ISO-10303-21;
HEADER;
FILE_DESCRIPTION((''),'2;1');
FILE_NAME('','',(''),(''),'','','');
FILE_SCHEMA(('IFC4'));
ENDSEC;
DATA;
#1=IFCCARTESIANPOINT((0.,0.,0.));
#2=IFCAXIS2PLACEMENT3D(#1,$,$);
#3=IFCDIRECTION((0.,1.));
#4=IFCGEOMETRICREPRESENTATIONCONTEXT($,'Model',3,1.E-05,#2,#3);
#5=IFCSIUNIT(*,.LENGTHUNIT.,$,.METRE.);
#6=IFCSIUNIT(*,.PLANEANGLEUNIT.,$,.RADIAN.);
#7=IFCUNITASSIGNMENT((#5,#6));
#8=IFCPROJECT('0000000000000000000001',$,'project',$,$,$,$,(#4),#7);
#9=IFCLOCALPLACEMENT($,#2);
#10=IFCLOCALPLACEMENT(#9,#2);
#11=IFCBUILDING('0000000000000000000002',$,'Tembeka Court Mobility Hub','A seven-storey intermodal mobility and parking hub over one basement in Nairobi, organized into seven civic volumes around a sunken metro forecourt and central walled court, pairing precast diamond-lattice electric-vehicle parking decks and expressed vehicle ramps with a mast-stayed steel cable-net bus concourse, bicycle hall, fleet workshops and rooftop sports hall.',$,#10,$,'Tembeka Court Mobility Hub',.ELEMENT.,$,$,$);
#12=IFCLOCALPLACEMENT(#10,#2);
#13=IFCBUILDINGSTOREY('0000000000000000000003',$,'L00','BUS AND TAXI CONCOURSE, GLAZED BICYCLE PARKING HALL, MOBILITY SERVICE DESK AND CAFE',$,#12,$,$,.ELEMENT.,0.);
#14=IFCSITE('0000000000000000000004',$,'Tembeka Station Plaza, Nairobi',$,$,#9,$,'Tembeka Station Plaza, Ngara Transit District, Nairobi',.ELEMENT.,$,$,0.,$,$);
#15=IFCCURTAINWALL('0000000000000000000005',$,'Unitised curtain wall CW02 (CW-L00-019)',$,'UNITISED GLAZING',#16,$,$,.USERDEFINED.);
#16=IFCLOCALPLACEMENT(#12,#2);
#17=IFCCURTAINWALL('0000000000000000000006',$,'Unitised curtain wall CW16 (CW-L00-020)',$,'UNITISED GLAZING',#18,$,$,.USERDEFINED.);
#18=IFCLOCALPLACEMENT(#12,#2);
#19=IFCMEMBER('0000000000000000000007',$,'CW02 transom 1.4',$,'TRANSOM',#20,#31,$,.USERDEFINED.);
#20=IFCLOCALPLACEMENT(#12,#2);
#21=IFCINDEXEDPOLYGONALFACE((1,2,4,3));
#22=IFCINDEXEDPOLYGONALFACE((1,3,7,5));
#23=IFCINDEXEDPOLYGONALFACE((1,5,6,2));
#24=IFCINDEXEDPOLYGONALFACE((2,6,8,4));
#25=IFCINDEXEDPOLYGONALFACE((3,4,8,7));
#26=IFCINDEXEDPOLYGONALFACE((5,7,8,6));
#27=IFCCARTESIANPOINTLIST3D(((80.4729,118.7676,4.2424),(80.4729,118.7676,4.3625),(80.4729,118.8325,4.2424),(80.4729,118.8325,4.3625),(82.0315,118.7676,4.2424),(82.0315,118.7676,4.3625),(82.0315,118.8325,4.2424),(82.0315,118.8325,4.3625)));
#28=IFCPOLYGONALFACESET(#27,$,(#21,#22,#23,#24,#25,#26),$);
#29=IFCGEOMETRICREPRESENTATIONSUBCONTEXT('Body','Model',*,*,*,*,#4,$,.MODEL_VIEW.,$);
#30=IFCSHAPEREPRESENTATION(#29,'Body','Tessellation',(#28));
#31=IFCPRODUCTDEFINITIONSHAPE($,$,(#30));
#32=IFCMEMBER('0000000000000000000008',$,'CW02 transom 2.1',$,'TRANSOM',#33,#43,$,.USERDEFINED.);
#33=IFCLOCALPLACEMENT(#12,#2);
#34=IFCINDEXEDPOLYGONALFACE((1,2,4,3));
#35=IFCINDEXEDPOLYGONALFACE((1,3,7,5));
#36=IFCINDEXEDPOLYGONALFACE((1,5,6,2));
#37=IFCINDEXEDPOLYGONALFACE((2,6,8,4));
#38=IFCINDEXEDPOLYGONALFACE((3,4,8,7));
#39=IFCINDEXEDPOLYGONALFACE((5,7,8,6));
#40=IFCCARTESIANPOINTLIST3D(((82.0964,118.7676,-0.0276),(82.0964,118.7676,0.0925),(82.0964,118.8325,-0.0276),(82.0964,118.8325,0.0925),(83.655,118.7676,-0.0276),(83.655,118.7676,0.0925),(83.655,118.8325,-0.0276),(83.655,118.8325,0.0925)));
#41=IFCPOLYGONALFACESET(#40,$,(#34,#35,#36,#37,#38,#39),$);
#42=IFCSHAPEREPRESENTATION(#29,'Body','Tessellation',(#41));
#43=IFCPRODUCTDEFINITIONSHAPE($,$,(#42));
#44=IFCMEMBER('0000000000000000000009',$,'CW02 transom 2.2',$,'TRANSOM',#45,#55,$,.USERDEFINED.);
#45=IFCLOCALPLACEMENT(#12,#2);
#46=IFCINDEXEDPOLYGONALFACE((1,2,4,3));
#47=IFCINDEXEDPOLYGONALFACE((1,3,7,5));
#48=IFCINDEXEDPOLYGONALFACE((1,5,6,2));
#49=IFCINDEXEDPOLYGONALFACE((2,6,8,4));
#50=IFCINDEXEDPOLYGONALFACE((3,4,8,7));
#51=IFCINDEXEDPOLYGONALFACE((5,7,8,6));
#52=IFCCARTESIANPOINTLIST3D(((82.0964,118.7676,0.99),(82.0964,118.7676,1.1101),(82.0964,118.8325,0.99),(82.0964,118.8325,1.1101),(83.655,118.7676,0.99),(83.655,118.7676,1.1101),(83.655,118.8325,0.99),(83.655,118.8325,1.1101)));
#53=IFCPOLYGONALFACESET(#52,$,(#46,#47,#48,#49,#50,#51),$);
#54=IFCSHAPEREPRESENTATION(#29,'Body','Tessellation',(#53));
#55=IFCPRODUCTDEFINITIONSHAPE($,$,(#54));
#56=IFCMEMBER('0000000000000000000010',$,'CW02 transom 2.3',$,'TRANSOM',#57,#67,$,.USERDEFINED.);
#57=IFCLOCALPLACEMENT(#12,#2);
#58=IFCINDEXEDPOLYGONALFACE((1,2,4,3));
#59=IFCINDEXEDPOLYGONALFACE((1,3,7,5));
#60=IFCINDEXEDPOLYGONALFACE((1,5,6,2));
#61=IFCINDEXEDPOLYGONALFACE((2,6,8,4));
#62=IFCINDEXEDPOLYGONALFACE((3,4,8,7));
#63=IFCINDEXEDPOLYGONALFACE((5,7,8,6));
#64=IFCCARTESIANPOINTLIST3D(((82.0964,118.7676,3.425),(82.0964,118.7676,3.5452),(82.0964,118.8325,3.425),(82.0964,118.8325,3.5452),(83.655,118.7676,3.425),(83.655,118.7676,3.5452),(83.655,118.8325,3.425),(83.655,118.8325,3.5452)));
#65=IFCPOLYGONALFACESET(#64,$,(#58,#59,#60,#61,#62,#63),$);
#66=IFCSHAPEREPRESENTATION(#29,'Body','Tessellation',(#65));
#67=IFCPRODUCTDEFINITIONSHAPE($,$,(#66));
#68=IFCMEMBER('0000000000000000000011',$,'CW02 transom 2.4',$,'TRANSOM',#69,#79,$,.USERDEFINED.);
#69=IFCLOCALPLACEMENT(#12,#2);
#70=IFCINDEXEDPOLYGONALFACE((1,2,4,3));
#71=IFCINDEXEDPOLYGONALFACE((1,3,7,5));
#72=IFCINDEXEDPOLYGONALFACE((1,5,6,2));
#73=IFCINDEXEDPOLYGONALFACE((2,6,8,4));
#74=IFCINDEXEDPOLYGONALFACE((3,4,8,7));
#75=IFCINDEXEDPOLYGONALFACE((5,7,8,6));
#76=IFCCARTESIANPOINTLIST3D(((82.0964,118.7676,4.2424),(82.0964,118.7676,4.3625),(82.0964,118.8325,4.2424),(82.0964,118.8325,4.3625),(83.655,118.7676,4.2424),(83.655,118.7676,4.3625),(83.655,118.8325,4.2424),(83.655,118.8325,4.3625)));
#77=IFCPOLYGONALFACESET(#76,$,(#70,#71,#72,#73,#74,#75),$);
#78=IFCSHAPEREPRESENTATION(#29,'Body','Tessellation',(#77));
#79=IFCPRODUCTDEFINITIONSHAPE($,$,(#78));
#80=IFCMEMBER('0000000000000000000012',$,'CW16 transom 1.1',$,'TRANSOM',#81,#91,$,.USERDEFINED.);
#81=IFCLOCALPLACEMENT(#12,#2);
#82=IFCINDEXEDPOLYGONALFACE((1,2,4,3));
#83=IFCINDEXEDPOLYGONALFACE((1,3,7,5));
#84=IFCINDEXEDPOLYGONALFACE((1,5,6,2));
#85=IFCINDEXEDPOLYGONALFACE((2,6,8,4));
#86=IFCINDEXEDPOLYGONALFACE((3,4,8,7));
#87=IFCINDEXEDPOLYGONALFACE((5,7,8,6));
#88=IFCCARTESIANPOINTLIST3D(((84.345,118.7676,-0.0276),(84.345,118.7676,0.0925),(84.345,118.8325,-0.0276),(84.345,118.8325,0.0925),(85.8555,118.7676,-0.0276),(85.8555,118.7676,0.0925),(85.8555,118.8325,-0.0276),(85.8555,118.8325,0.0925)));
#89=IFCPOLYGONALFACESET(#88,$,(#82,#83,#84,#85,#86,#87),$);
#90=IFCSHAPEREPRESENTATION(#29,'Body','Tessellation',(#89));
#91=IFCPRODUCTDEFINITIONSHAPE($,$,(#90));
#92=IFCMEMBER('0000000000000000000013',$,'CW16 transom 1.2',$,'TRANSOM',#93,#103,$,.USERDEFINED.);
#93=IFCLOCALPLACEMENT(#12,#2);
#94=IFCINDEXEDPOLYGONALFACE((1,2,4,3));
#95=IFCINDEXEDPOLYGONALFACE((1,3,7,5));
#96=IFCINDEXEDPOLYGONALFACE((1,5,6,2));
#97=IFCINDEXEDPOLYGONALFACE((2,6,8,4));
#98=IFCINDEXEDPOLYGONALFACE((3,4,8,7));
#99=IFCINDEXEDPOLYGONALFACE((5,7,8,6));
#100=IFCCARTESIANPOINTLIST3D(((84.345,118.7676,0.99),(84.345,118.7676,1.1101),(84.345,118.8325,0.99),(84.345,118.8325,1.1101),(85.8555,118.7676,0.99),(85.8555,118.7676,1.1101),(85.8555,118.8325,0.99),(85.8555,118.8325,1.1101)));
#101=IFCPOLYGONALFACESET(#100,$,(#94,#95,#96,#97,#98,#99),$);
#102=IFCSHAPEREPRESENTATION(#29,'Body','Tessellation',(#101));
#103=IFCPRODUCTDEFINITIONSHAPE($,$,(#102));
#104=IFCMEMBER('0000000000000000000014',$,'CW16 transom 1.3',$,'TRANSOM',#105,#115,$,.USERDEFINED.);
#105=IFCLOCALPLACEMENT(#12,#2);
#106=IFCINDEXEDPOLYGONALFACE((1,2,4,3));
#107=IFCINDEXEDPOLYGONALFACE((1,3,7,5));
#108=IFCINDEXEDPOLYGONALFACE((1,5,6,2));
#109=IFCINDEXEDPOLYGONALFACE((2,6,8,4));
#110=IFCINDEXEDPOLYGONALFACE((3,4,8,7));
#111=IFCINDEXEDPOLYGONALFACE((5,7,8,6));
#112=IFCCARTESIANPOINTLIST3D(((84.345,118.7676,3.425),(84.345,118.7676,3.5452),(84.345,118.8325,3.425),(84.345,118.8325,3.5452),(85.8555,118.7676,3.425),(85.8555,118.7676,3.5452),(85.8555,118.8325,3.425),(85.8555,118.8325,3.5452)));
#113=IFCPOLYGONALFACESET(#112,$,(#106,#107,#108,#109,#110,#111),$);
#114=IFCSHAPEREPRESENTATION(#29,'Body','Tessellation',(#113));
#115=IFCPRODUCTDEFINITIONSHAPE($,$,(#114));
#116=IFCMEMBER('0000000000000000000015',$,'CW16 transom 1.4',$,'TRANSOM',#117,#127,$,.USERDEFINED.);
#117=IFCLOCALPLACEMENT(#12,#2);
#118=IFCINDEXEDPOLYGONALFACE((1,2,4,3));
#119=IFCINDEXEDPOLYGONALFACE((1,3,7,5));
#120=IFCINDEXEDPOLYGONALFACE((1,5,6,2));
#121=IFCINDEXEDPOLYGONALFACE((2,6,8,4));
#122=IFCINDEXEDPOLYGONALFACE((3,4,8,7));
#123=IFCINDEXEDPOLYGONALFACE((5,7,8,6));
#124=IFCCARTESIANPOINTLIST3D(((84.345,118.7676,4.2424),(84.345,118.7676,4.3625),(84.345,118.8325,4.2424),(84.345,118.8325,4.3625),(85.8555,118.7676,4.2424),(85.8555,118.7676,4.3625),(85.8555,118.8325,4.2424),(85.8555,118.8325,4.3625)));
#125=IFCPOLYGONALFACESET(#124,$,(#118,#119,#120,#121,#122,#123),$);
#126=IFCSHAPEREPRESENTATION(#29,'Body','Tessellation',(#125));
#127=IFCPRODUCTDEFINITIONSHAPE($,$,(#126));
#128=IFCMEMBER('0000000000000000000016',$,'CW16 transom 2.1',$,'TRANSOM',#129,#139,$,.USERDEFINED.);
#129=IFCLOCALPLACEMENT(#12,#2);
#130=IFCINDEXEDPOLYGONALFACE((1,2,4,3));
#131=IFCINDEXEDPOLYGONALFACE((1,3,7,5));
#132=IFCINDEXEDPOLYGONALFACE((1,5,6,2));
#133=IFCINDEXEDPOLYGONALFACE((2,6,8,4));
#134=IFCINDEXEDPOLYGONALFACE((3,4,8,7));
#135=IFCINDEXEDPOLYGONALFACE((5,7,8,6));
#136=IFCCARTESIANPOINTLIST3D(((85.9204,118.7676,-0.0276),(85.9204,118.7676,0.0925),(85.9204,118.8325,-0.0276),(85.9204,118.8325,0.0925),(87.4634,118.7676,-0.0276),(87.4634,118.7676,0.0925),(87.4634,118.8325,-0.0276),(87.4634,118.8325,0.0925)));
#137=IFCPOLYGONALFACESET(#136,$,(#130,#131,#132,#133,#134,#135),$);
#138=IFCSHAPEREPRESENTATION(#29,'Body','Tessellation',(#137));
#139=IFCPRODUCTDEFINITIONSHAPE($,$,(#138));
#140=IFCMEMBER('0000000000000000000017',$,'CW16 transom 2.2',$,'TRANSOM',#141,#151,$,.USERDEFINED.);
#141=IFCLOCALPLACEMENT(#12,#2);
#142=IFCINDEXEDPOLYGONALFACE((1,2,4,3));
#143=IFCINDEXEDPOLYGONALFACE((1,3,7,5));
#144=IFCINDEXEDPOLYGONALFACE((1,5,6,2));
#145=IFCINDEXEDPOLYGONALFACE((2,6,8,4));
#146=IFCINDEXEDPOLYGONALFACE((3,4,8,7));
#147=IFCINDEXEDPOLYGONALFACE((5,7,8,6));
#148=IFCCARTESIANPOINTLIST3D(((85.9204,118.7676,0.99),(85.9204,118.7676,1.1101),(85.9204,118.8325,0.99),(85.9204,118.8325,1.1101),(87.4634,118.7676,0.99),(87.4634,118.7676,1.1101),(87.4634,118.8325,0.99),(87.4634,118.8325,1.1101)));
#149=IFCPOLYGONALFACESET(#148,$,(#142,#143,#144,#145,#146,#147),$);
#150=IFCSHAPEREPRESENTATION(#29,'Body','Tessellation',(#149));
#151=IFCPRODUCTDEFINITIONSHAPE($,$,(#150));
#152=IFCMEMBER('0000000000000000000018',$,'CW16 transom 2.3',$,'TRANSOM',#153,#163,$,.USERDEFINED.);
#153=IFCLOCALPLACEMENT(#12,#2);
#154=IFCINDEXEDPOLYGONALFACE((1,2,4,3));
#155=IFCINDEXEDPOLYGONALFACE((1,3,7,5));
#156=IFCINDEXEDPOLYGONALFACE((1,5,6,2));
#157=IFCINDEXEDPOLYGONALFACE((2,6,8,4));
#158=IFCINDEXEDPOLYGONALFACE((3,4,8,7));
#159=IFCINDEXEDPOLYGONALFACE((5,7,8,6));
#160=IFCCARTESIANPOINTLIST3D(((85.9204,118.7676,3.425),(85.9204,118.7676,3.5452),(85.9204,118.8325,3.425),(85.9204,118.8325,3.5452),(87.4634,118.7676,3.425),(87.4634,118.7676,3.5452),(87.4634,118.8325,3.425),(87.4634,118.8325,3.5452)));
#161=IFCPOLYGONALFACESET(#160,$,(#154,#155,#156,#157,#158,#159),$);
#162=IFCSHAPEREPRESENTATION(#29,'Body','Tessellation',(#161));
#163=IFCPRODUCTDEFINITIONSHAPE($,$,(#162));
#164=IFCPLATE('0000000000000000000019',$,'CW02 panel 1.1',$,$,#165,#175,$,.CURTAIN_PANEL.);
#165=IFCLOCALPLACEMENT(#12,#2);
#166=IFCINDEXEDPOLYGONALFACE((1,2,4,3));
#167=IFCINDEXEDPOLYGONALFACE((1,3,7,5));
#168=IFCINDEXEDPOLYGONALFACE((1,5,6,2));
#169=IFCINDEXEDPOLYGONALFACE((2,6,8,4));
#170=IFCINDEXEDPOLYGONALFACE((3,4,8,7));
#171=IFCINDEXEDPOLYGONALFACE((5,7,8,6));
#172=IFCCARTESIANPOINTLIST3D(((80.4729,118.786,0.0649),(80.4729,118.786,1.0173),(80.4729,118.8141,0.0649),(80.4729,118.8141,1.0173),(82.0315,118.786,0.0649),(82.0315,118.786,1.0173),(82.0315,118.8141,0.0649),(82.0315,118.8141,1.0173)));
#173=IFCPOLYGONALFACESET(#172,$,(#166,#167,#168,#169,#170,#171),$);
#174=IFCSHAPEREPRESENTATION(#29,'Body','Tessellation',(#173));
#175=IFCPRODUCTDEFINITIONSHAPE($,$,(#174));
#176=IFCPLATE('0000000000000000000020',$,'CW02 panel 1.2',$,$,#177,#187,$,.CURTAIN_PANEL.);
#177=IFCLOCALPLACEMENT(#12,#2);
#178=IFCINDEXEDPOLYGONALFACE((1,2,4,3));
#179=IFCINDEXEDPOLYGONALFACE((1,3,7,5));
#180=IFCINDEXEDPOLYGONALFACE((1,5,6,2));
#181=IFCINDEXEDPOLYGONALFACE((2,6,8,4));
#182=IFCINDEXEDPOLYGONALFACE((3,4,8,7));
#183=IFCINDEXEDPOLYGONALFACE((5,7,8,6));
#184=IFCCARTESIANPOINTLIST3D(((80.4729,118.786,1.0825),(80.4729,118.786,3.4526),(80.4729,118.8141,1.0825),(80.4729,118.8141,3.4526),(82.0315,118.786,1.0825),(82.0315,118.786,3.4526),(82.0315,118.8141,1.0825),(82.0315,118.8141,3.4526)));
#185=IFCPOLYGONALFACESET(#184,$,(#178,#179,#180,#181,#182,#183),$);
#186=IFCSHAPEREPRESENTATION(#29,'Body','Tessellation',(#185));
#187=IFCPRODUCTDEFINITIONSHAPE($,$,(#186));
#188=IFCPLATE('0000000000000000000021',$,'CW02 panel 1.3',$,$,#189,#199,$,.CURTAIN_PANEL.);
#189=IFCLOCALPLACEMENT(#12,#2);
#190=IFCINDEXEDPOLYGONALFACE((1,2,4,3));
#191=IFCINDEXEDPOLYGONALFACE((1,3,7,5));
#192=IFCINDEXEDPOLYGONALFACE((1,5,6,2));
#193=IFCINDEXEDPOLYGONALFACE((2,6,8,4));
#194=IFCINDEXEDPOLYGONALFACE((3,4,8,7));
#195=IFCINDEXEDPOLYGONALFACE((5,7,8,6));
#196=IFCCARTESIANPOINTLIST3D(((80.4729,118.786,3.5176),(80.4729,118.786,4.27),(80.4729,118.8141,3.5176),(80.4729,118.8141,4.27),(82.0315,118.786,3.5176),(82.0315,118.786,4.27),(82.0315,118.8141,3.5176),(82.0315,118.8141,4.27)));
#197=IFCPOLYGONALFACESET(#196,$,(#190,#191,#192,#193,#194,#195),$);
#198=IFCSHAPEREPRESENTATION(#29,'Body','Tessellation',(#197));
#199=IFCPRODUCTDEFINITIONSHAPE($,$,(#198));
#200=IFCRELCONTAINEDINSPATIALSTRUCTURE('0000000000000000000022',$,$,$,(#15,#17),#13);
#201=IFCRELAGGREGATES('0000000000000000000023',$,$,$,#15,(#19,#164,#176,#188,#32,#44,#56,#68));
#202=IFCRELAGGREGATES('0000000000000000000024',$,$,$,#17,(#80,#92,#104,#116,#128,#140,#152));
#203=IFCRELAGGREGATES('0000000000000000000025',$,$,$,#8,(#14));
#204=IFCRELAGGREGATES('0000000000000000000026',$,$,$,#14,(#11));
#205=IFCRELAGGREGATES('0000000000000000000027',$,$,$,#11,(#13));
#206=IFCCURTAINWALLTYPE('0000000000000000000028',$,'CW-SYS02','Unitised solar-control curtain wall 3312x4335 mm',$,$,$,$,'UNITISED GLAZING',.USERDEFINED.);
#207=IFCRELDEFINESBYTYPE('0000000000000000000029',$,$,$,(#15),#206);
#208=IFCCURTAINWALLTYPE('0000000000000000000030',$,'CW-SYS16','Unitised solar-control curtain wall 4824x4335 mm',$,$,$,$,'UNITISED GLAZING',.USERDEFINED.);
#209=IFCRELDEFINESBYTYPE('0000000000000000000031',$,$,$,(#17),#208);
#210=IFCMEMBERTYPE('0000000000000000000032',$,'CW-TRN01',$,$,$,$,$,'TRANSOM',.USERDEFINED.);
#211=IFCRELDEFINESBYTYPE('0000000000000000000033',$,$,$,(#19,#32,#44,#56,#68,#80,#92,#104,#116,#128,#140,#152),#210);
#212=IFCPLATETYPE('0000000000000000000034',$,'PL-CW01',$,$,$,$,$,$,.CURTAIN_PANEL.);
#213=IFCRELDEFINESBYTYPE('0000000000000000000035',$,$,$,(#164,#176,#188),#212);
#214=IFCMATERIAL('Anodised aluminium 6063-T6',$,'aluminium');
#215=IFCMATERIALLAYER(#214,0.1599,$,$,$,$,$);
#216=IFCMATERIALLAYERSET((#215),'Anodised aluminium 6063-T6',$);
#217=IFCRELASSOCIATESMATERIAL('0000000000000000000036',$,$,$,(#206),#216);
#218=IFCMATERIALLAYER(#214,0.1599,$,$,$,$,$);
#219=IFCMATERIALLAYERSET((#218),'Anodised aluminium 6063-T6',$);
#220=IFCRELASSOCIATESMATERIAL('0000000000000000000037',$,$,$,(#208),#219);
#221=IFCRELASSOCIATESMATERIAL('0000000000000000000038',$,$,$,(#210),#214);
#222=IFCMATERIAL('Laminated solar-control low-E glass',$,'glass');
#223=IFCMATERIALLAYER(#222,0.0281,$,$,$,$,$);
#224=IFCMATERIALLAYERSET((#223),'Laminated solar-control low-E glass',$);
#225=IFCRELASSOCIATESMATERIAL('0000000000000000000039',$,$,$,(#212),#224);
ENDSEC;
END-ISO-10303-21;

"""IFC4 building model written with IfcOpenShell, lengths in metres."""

from ifc_helpers import new_model, si_unit, direction, frame, origin, origin_2d, place, context, subcontext, project, spatial, rectangle, extrude, material, layer, layer_set, material_profile, profile_set, type_object, element, aggregate, save


model = new_model("IFC4")

# Units and contexts
model_context = context("Model", 3, precision=1e-05, world=origin(), true_north=direction((0.0, 1.0)))
body_context = subcontext(model_context, "Body", "Model", "MODEL_VIEW")
ifc_project = project(units=[si_unit("LENGTHUNIT", "METRE"), si_unit("PLANEANGLEUNIT", "RADIAN")], contexts=[model_context])

# Site, building, storey
site_placement = place(None, origin())
site = spatial("IfcSite", under=ifc_project, at=site_placement, Name="Tembeka Station Plaza, Nairobi", LongName="Tembeka Station Plaza, Ngara Transit District, Nairobi", CompositionType="ELEMENT", RefElevation=0.0)
building_placement = place(site_placement, origin())
building = spatial("IfcBuilding", under=site, at=building_placement, Name="Tembeka Court Mobility Hub", Description="A seven-storey intermodal mobility and parking hub over one basement in Nairobi, organized into seven civic volumes around a sunken metro forecourt and central walled court, pairing precast diamond-lattice electric-vehicle parking decks and expressed vehicle ramps with a mast-stayed steel cable-net bus concourse, bicycle hall, fleet workshops and rooftop sports hall.", LongName="Tembeka Court Mobility Hub", CompositionType="ELEMENT")
storey_placement = place(building_placement, origin())
storey = spatial("IfcBuildingStorey", under=building, at=storey_placement, Name="L00", Description="BUS AND TAXI CONCOURSE, GLAZED BICYCLE PARKING HALL, MOBILITY SERVICE DESK AND CAFE", CompositionType="ELEMENT", Elevation=0.0)

# Curtain walls
ifc_material_1 = material(Name="Anodised aluminium 6063-T6", Category="aluminium")
ifc_layer_1 = layer(ifc_material_1, 0.1599)
ifc_layer_set_1 = layer_set([ifc_layer_1], Name="Anodised aluminium 6063-T6")
curtain_wall_type_1 = type_object("IfcCurtainWallType", Name="CW-SYS02", Description="Unitised solar-control curtain wall 3312x4335 mm", ElementType="UNITISED GLAZING", PredefinedType="USERDEFINED", material=ifc_layer_set_1)
curtain_wall_1_placement = place(storey_placement, origin())
curtain_wall_1 = element("IfcCurtainWall", 1, at=curtain_wall_1_placement, inside=storey, type_object=curtain_wall_type_1, Name="Unitised curtain wall CW02 (CW-L00-019)", ObjectType="UNITISED GLAZING", PredefinedType="USERDEFINED")
ifc_layer_2 = layer(ifc_material_1, 0.1599)
ifc_layer_set_2 = layer_set([ifc_layer_2], Name="Anodised aluminium 6063-T6")
curtain_wall_type_2 = type_object("IfcCurtainWallType", Name="CW-SYS16", Description="Unitised solar-control curtain wall 4824x4335 mm", ElementType="UNITISED GLAZING", PredefinedType="USERDEFINED", material=ifc_layer_set_2)
curtain_wall_2_placement = place(storey_placement, origin())
curtain_wall_2 = element("IfcCurtainWall", 2, at=curtain_wall_2_placement, inside=storey, type_object=curtain_wall_type_2, Name="Unitised curtain wall CW16 (CW-L00-020)", ObjectType="UNITISED GLAZING", PredefinedType="USERDEFINED")

# Members
ifc_material_profile_1 = material_profile(ifc_material_1, rectangle(XDim=0.0649, YDim=0.1201, at=origin_2d()), Name="ALU-TRN 65x120")
ifc_profile_set_1 = profile_set([ifc_material_profile_1], Name="Anodised aluminium 6063-T6")
member_type_1 = type_object("IfcMemberType", Name="CW-TRN01", ElementType="TRANSOM", PredefinedType="USERDEFINED", material=ifc_profile_set_1)
member_1_placement = place(storey_placement, frame((80.4729, 118.8, 4.3025), z_axis=(1.0, 0.0, 0.0), x_axis=(0.0, 1.0, 0.0)))
member_1 = element("IfcMember", 3, at=member_1_placement, type_object=member_type_1, Name="CW02 transom 1.4", ObjectType="TRANSOM", PredefinedType="USERDEFINED", context=body_context, shape_type="SweptSolid", body=[
    extrude(rectangle(XDim=0.0649, YDim=0.1201, at=origin_2d()), origin(), (0.0, 0.0, 1.0), 1.5586),
])
member_2_placement = place(storey_placement, frame((82.0964, 118.8, 0.0325), z_axis=(1.0, 0.0, 0.0), x_axis=(0.0, 1.0, 0.0)))
member_2 = element("IfcMember", 4, at=member_2_placement, type_object=member_type_1, Name="CW02 transom 2.1", ObjectType="TRANSOM", PredefinedType="USERDEFINED", context=body_context, shape_type="SweptSolid", body=[
    extrude(rectangle(XDim=0.0649, YDim=0.1201, at=origin_2d()), origin(), (0.0, 0.0, 1.0), 1.5586),
])
member_3_placement = place(storey_placement, frame((82.0964, 118.8, 1.05), z_axis=(1.0, 0.0, 0.0), x_axis=(0.0, 1.0, 0.0)))
member_3 = element("IfcMember", 5, at=member_3_placement, type_object=member_type_1, Name="CW02 transom 2.2", ObjectType="TRANSOM", PredefinedType="USERDEFINED", context=body_context, shape_type="SweptSolid", body=[
    extrude(rectangle(XDim=0.0649, YDim=0.1201, at=origin_2d()), origin(), (0.0, 0.0, 1.0), 1.5586),
])
member_4_placement = place(storey_placement, frame((82.0964, 118.8, 3.4851), z_axis=(1.0, 0.0, 0.0), x_axis=(0.0, 1.0, 0.0)))
member_4 = element("IfcMember", 6, at=member_4_placement, type_object=member_type_1, Name="CW02 transom 2.3", ObjectType="TRANSOM", PredefinedType="USERDEFINED", context=body_context, shape_type="SweptSolid", body=[
    extrude(rectangle(XDim=0.0649, YDim=0.1201, at=origin_2d()), origin(), (0.0, 0.0, 1.0), 1.5586),
])
member_5_placement = place(storey_placement, frame((82.0964, 118.8, 4.3025), z_axis=(1.0, 0.0, 0.0), x_axis=(0.0, 1.0, 0.0)))
member_5 = element("IfcMember", 7, at=member_5_placement, type_object=member_type_1, Name="CW02 transom 2.4", ObjectType="TRANSOM", PredefinedType="USERDEFINED", context=body_context, shape_type="SweptSolid", body=[
    extrude(rectangle(XDim=0.0649, YDim=0.1201, at=origin_2d()), origin(), (0.0, 0.0, 1.0), 1.5586),
])
member_6_placement = place(storey_placement, frame((84.345, 118.8, 0.0325), z_axis=(1.0, 0.0, 0.0), x_axis=(0.0, 1.0, 0.0)))
member_6 = element("IfcMember", 8, at=member_6_placement, type_object=member_type_1, Name="CW16 transom 1.1", ObjectType="TRANSOM", PredefinedType="USERDEFINED", context=body_context, shape_type="SweptSolid", body=[
    extrude(rectangle(XDim=0.0649, YDim=0.1201, at=origin_2d()), origin(), (0.0, 0.0, 1.0), 1.5105),
])
member_7_placement = place(storey_placement, frame((84.345, 118.8, 1.05), z_axis=(1.0, 0.0, 0.0), x_axis=(0.0, 1.0, 0.0)))
member_7 = element("IfcMember", 9, at=member_7_placement, type_object=member_type_1, Name="CW16 transom 1.2", ObjectType="TRANSOM", PredefinedType="USERDEFINED", context=body_context, shape_type="SweptSolid", body=[
    extrude(rectangle(XDim=0.0649, YDim=0.1201, at=origin_2d()), origin(), (0.0, 0.0, 1.0), 1.5105),
])
member_8_placement = place(storey_placement, frame((84.345, 118.8, 3.4851), z_axis=(1.0, 0.0, 0.0), x_axis=(0.0, 1.0, 0.0)))
member_8 = element("IfcMember", 10, at=member_8_placement, type_object=member_type_1, Name="CW16 transom 1.3", ObjectType="TRANSOM", PredefinedType="USERDEFINED", context=body_context, shape_type="SweptSolid", body=[
    extrude(rectangle(XDim=0.0649, YDim=0.1201, at=origin_2d()), origin(), (0.0, 0.0, 1.0), 1.5105),
])
member_9_placement = place(storey_placement, frame((84.345, 118.8, 4.3025), z_axis=(1.0, 0.0, 0.0), x_axis=(0.0, 1.0, 0.0)))
member_9 = element("IfcMember", 11, at=member_9_placement, type_object=member_type_1, Name="CW16 transom 1.4", ObjectType="TRANSOM", PredefinedType="USERDEFINED", context=body_context, shape_type="SweptSolid", body=[
    extrude(rectangle(XDim=0.0649, YDim=0.1201, at=origin_2d()), origin(), (0.0, 0.0, 1.0), 1.5105),
])
member_10_placement = place(storey_placement, frame((85.9204, 118.8, 0.0325), z_axis=(1.0, 0.0, 0.0), x_axis=(0.0, 1.0, 0.0)))
member_10 = element("IfcMember", 12, at=member_10_placement, type_object=member_type_1, Name="CW16 transom 2.1", ObjectType="TRANSOM", PredefinedType="USERDEFINED", context=body_context, shape_type="SweptSolid", body=[
    extrude(rectangle(XDim=0.0649, YDim=0.1201, at=origin_2d()), origin(), (0.0, 0.0, 1.0), 1.543),
])
member_11_placement = place(storey_placement, frame((85.9204, 118.8, 1.05), z_axis=(1.0, 0.0, 0.0), x_axis=(0.0, 1.0, 0.0)))
member_11 = element("IfcMember", 13, at=member_11_placement, type_object=member_type_1, Name="CW16 transom 2.2", ObjectType="TRANSOM", PredefinedType="USERDEFINED", context=body_context, shape_type="SweptSolid", body=[
    extrude(rectangle(XDim=0.0649, YDim=0.1201, at=origin_2d()), origin(), (0.0, 0.0, 1.0), 1.543),
])
member_12_placement = place(storey_placement, frame((85.9204, 118.8, 3.4851), z_axis=(1.0, 0.0, 0.0), x_axis=(0.0, 1.0, 0.0)))
member_12 = element("IfcMember", 14, at=member_12_placement, type_object=member_type_1, Name="CW16 transom 2.3", ObjectType="TRANSOM", PredefinedType="USERDEFINED", context=body_context, shape_type="SweptSolid", body=[
    extrude(rectangle(XDim=0.0649, YDim=0.1201, at=origin_2d()), origin(), (0.0, 0.0, 1.0), 1.543),
])

# Plates
ifc_material_2 = material(Name="Laminated solar-control low-E glass", Category="glass")
ifc_layer_3 = layer(ifc_material_2, 0.0281)
ifc_layer_set_3 = layer_set([ifc_layer_3], Name="Laminated solar-control low-E glass")
plate_type_1 = type_object("IfcPlateType", Name="PL-CW01", PredefinedType="CURTAIN_PANEL", material=ifc_layer_set_3)
plate_1_placement = place(storey_placement, frame((81.2522, 118.8, 0.0649), z_axis=(0.0, 0.0, 1.0), x_axis=(1.0, 0.0, 0.0)))
plate_1 = element("IfcPlate", 15, at=plate_1_placement, type_object=plate_type_1, Name="CW02 panel 1.1", PredefinedType="CURTAIN_PANEL", context=body_context, shape_type="SweptSolid", body=[
    extrude(rectangle(XDim=1.5586, YDim=0.0281, at=origin_2d()), origin(), (0.0, 0.0, 1.0), 0.9524),
])
plate_2_placement = place(storey_placement, frame((81.2522, 118.8, 1.0825), z_axis=(0.0, 0.0, 1.0), x_axis=(1.0, 0.0, 0.0)))
plate_2 = element("IfcPlate", 16, at=plate_2_placement, type_object=plate_type_1, Name="CW02 panel 1.2", PredefinedType="CURTAIN_PANEL", context=body_context, shape_type="SweptSolid", body=[
    extrude(rectangle(XDim=1.5586, YDim=0.0281, at=origin_2d()), origin(), (0.0, 0.0, 1.0), 2.3701),
])
plate_3_placement = place(storey_placement, frame((81.2522, 118.8, 3.5176), z_axis=(0.0, 0.0, 1.0), x_axis=(1.0, 0.0, 0.0)))
plate_3 = element("IfcPlate", 17, at=plate_3_placement, type_object=plate_type_1, Name="CW02 panel 1.3", PredefinedType="CURTAIN_PANEL", context=body_context, shape_type="SweptSolid", body=[
    extrude(rectangle(XDim=1.5586, YDim=0.0281, at=origin_2d()), origin(), (0.0, 0.0, 1.0), 0.7524),
])
aggregate(curtain_wall_1, [member_1, plate_1, plate_2, plate_3, member_2, member_3, member_4, member_5])
aggregate(curtain_wall_2, [member_6, member_7, member_8, member_9, member_10, member_11, member_12])

save(model, "model.ifc")
